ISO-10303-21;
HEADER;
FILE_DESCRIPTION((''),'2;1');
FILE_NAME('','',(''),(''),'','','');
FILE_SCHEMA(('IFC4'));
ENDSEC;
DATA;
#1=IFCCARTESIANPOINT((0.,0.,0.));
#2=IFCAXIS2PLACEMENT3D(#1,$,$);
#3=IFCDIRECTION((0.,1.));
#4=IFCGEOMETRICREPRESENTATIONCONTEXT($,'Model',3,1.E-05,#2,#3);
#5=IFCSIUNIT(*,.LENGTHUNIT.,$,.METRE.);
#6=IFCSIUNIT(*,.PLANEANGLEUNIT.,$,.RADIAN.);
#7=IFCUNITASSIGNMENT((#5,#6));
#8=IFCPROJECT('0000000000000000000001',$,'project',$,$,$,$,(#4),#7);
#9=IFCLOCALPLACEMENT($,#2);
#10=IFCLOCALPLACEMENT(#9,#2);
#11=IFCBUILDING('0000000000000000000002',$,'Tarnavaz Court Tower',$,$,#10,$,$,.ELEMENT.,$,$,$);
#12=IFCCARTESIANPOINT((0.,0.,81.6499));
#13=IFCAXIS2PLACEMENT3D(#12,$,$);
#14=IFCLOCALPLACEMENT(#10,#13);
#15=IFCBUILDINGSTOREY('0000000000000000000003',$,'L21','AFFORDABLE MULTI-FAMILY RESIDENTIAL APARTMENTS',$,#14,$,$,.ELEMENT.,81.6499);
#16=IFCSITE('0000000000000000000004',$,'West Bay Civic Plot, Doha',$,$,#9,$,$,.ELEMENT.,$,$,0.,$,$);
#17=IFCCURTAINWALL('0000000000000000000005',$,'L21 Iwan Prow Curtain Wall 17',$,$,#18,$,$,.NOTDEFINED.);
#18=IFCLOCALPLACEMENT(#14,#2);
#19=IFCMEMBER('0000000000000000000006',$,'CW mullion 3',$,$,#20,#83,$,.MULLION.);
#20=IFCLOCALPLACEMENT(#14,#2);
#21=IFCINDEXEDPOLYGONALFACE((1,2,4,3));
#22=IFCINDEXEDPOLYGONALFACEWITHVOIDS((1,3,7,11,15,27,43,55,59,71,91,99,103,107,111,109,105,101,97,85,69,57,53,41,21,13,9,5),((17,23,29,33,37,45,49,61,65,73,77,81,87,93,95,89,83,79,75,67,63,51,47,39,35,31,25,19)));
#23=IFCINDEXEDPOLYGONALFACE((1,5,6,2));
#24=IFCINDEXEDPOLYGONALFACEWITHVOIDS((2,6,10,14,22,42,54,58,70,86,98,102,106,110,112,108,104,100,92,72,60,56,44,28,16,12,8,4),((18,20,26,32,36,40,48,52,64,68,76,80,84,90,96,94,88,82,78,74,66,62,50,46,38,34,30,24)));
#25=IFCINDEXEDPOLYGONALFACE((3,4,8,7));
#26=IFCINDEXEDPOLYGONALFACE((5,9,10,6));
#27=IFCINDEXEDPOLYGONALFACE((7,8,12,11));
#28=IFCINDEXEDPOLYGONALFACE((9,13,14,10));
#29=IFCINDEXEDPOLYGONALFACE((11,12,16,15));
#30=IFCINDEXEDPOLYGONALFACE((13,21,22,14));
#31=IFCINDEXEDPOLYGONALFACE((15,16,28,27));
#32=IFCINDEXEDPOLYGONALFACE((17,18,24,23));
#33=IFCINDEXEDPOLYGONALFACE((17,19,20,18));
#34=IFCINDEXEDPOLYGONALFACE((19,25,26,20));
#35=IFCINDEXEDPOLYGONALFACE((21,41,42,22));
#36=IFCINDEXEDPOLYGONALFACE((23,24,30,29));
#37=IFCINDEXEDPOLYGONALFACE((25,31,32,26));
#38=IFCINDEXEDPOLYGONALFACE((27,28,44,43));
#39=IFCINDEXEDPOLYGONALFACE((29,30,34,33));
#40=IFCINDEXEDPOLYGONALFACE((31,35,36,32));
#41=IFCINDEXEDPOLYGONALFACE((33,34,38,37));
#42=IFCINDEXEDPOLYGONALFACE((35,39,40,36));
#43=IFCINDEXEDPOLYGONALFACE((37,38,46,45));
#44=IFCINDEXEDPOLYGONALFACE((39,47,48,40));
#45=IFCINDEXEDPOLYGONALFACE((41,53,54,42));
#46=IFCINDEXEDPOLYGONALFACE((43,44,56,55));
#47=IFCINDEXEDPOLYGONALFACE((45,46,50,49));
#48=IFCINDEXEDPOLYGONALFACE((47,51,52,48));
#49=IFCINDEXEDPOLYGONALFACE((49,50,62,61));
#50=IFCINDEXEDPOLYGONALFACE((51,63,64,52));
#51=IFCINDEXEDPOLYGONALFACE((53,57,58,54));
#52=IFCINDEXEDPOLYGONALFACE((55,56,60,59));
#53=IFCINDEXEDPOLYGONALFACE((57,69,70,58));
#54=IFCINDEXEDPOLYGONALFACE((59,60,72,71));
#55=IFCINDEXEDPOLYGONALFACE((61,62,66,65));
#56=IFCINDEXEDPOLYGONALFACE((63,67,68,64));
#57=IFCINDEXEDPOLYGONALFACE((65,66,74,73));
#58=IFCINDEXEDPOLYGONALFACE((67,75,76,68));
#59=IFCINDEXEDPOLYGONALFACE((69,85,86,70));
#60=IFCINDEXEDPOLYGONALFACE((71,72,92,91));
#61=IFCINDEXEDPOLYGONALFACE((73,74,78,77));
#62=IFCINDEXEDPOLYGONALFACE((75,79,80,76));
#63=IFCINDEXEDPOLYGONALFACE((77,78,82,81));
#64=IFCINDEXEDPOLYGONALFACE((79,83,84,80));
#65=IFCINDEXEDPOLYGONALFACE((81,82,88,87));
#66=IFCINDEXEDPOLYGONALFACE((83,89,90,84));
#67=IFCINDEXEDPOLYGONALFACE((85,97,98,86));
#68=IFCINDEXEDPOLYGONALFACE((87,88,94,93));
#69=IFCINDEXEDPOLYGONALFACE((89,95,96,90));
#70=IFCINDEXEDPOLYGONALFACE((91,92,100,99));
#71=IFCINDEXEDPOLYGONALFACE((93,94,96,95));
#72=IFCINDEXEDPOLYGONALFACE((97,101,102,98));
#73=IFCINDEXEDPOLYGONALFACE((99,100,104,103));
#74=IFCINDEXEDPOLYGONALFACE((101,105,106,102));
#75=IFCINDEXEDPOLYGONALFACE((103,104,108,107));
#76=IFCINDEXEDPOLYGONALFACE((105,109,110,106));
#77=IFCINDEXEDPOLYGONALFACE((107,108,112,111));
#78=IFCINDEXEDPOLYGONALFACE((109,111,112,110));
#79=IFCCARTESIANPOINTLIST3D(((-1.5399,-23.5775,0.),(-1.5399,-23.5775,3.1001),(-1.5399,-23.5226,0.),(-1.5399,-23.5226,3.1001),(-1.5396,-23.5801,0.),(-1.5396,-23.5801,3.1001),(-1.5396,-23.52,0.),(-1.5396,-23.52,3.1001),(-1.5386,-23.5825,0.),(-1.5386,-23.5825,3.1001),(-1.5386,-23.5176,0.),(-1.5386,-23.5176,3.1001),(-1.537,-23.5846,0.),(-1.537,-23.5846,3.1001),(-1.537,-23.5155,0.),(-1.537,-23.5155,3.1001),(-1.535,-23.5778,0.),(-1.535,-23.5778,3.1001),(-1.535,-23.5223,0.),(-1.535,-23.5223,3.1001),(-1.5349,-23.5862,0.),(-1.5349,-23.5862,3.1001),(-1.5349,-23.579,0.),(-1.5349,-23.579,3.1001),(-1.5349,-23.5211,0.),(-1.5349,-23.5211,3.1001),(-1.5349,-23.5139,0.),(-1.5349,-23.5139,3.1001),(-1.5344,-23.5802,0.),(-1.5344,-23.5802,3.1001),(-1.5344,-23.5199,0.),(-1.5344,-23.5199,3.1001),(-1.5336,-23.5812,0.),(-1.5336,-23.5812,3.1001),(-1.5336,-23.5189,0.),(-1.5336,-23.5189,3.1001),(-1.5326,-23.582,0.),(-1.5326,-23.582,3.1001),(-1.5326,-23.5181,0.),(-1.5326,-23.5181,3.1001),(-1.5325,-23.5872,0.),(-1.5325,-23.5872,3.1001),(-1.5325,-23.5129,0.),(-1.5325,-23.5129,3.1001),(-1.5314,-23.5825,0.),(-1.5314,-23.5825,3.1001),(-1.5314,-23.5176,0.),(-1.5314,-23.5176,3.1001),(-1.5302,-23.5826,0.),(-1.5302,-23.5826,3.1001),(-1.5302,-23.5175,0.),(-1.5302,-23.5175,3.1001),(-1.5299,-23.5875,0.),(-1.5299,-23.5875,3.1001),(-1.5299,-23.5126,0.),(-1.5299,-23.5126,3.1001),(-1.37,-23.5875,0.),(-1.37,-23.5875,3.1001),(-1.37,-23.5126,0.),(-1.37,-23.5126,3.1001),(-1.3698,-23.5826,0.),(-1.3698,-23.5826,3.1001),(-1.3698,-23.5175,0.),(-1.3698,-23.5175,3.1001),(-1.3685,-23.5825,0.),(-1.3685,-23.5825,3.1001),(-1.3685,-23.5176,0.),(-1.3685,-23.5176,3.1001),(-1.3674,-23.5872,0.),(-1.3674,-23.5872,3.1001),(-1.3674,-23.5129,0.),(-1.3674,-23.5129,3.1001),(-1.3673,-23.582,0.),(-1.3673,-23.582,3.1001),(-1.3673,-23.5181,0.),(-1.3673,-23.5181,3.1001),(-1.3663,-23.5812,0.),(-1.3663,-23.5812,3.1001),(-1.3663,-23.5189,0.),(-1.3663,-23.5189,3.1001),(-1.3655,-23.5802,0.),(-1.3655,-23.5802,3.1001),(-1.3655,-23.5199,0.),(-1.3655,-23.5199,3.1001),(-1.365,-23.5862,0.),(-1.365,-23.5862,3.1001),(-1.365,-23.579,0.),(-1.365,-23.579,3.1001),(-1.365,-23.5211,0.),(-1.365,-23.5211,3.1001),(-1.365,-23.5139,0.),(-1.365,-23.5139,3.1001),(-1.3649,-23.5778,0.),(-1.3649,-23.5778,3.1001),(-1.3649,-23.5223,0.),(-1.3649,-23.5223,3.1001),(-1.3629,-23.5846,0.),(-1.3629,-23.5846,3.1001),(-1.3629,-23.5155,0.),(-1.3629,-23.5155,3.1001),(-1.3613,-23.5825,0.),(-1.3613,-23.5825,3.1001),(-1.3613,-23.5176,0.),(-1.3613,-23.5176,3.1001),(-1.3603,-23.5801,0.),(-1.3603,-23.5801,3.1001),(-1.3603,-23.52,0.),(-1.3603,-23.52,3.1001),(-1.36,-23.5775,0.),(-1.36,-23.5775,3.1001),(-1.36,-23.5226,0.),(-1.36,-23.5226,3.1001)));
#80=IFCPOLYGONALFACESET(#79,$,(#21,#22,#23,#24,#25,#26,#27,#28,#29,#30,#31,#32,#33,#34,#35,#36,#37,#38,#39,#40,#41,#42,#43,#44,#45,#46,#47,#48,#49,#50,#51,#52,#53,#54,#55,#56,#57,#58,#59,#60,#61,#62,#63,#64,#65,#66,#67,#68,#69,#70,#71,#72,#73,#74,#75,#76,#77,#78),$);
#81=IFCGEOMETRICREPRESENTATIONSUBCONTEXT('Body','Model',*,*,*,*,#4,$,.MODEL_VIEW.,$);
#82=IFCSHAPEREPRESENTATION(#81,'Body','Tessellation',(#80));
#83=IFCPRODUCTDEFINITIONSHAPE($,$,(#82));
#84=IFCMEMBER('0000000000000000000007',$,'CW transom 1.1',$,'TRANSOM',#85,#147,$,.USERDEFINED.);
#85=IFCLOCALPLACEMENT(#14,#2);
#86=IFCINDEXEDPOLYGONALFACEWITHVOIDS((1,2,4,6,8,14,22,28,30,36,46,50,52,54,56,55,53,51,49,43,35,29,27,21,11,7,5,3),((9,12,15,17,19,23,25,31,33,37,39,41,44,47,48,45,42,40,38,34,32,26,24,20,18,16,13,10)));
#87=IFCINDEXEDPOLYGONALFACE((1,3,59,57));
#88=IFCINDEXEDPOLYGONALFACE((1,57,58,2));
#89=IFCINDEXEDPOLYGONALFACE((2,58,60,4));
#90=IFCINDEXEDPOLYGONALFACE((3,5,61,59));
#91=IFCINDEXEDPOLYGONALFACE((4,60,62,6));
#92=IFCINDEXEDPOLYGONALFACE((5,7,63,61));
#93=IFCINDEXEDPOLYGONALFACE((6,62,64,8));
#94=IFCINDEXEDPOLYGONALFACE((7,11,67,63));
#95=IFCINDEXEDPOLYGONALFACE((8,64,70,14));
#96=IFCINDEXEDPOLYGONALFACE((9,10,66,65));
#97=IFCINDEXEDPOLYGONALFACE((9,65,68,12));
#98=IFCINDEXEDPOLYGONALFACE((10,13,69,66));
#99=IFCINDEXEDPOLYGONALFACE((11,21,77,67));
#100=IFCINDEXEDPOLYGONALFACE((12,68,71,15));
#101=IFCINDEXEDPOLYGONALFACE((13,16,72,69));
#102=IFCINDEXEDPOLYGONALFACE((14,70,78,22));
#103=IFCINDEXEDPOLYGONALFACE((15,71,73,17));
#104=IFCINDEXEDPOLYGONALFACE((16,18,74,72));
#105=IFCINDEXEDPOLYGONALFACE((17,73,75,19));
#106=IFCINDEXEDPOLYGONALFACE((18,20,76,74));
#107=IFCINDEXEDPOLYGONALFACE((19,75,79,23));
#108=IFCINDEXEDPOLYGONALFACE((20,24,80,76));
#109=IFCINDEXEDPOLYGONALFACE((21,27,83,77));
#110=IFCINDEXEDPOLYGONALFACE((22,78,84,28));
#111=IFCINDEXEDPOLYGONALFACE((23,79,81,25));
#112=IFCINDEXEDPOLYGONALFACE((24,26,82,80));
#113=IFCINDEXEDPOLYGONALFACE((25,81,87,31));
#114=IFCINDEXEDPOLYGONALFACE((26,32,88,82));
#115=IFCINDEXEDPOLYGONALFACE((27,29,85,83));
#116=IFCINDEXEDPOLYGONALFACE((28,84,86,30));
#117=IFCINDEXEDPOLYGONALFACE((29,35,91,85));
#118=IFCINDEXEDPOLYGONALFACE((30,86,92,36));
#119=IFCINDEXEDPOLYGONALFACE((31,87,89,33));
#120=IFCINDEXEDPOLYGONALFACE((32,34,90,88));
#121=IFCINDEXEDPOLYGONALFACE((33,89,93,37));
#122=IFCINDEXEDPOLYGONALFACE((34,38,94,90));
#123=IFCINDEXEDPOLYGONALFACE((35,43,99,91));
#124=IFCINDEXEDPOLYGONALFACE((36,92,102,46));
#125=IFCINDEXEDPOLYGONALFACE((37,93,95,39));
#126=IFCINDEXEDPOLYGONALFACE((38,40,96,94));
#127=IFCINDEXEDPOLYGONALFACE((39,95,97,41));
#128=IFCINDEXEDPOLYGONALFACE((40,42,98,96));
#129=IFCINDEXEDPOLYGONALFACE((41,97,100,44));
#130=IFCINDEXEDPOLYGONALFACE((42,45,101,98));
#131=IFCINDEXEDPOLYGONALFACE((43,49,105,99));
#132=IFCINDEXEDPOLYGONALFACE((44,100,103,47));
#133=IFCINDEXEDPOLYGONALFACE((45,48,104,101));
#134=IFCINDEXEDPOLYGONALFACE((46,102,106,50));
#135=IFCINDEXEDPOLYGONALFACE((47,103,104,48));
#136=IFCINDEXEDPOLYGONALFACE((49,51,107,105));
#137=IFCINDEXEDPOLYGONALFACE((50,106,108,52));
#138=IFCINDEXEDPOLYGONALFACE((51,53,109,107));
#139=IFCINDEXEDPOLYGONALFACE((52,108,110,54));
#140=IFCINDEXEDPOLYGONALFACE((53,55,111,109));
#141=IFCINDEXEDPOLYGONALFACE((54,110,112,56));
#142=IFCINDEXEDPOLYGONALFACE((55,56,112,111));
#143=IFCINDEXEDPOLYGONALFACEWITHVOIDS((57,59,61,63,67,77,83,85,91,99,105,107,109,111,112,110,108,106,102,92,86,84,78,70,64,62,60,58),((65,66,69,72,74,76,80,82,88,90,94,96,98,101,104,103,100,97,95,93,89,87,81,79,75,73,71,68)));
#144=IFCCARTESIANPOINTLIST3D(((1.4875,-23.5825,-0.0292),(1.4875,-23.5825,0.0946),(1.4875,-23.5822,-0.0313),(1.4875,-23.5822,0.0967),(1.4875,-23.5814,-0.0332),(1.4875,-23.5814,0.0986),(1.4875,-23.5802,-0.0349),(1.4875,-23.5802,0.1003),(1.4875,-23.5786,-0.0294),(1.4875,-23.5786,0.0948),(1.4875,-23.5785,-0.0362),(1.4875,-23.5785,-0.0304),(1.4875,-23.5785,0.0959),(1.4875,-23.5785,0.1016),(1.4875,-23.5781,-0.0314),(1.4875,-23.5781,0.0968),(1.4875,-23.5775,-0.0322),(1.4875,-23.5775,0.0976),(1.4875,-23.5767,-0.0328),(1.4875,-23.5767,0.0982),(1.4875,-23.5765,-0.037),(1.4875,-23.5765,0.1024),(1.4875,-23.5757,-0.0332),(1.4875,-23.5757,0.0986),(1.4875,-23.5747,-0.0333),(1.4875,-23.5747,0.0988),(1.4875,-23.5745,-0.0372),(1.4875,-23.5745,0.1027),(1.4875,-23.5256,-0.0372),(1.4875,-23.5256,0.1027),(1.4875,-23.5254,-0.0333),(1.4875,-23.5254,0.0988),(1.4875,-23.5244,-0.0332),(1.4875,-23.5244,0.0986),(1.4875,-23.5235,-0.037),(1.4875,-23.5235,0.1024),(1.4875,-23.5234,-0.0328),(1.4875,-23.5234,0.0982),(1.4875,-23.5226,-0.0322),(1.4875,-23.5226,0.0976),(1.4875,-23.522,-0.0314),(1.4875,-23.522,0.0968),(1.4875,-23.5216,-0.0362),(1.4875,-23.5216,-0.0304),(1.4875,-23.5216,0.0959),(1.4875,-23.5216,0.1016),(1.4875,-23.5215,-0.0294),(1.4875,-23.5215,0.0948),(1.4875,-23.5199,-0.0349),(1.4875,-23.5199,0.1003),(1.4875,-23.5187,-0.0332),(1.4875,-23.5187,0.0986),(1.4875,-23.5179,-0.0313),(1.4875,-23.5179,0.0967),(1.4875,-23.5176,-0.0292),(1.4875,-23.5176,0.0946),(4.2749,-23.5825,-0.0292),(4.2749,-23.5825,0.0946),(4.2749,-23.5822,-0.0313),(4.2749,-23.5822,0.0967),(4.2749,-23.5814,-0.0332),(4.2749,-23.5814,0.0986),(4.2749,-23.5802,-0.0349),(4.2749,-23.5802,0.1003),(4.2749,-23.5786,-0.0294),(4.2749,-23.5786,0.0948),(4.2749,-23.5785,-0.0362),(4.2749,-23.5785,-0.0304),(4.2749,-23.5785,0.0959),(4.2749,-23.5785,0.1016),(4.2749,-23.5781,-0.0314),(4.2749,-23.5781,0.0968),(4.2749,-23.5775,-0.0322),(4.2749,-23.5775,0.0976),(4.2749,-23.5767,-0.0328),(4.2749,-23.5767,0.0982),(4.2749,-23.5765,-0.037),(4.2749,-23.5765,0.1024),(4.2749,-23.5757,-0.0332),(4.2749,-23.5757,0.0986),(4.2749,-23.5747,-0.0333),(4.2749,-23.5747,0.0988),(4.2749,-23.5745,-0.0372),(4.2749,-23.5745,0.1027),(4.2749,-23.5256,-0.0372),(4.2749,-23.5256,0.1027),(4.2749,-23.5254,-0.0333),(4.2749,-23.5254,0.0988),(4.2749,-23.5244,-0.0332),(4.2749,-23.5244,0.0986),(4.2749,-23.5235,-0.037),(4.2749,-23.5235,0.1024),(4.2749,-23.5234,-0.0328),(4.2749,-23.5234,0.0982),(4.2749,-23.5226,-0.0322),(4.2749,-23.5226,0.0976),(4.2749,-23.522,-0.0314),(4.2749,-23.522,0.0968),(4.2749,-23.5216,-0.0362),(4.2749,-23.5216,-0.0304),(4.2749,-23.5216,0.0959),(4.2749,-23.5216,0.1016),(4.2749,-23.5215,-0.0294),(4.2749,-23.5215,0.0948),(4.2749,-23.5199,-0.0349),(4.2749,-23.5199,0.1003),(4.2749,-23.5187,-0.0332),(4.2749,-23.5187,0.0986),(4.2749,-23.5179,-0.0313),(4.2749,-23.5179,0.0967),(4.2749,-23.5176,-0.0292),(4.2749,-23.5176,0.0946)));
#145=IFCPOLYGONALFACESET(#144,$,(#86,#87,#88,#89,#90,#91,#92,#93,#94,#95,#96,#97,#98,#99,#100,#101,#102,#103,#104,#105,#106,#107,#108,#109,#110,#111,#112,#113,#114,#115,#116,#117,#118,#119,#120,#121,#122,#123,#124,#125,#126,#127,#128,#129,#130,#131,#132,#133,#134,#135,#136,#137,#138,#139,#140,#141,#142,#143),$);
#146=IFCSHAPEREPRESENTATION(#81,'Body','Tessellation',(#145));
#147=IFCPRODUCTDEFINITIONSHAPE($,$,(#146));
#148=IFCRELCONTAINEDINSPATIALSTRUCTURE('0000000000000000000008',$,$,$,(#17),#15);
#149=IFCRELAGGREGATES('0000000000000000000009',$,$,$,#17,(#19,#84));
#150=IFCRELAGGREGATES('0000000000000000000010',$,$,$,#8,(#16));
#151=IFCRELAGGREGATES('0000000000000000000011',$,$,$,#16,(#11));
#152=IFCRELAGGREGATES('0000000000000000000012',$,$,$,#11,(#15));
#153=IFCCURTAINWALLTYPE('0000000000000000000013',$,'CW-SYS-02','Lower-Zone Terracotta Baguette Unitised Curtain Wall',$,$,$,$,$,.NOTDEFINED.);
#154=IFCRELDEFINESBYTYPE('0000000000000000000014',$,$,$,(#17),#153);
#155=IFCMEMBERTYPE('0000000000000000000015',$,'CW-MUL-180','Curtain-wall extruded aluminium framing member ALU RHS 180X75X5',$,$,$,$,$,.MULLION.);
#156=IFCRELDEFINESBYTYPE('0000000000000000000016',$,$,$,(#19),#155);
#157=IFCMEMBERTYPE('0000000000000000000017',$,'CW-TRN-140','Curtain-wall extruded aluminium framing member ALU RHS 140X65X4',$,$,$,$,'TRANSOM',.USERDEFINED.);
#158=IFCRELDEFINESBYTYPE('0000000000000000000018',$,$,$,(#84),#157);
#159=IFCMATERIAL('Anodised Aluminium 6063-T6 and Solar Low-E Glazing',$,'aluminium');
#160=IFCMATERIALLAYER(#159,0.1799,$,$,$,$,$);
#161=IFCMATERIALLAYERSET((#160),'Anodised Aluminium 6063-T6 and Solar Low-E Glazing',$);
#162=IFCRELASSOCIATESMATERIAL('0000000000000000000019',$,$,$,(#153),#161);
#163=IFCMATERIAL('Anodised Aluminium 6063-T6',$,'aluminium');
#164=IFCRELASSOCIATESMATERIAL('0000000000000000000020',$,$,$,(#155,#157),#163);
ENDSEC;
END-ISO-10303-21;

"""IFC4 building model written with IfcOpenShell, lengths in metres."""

from ifc_helpers import new_model, si_unit, direction, frame, origin, origin_2d, place, context, subcontext, project, spatial, hollow_rectangle, extrude, material, layer, layer_set, material_profile, profile_set, type_object, element, aggregate, save


model = new_model("IFC4")

# Units and contexts
model_context = context("Model", 3, precision=1e-05, world=origin(), true_north=direction((0.0, 1.0)))
body_context = subcontext(model_context, "Body", "Model", "MODEL_VIEW")
ifc_project = project(units=[si_unit("LENGTHUNIT", "METRE"), si_unit("PLANEANGLEUNIT", "RADIAN")], contexts=[model_context])

# Site, building, storey
site_placement = place(None, origin())
site = spatial("IfcSite", under=ifc_project, at=site_placement, Name="West Bay Civic Plot, Doha", CompositionType="ELEMENT", RefElevation=0.0)
building_placement = place(site_placement, origin())
building = spatial("IfcBuilding", under=site, at=building_placement, Name="Tarnavaz Court Tower", CompositionType="ELEMENT")
storey_placement = place(building_placement, frame((0.0, 0.0, 81.6499)))
storey = spatial("IfcBuildingStorey", under=building, at=storey_placement, Name="L21", Description="AFFORDABLE MULTI-FAMILY RESIDENTIAL APARTMENTS", CompositionType="ELEMENT", Elevation=81.6499)

# Curtain wall, members
ifc_material_1 = material(Name="Anodised Aluminium 6063-T6 and Solar Low-E Glazing", Category="aluminium")
ifc_layer_1 = layer(ifc_material_1, 0.1799)
ifc_layer_set_1 = layer_set([ifc_layer_1], Name="Anodised Aluminium 6063-T6 and Solar Low-E Glazing")
curtain_wall_type = type_object("IfcCurtainWallType", Name="CW-SYS-02", Description="Lower-Zone Terracotta Baguette Unitised Curtain Wall", PredefinedType="NOTDEFINED", material=ifc_layer_set_1)
curtain_wall_placement = place(storey_placement, origin())
curtain_wall = element("IfcCurtainWall", 1, at=curtain_wall_placement, inside=storey, type_object=curtain_wall_type, Name="L21 Iwan Prow Curtain Wall 17", PredefinedType="NOTDEFINED")
ifc_material_2 = material(Name="Anodised Aluminium 6063-T6", Category="aluminium")
ifc_material_profile_1 = material_profile(ifc_material_2, hollow_rectangle(XDim=0.075, YDim=0.1799, WallThickness=0.0049, InnerFilletRadius=0.0049, OuterFilletRadius=0.01, at=origin_2d()), Name="ALU RHS 180X75X5")
ifc_profile_set_1 = profile_set([ifc_material_profile_1], Name="Anodised Aluminium 6063-T6")
member_type_1 = type_object("IfcMemberType", Name="CW-MUL-180", Description="Curtain-wall extruded aluminium framing member ALU RHS 180X75X5", PredefinedType="MULLION", material=ifc_profile_set_1)
member_1_placement = place(storey_placement, frame((-1.45, -23.55, 0.0), z_axis=(0.0, 0.0, 1.0), x_axis=(0.0, -1.0, 0.0)))
member_1 = element("IfcMember", 2, at=member_1_placement, type_object=member_type_1, Name="CW mullion 3", PredefinedType="MULLION", context=body_context, shape_type="SweptSolid", body=[
    extrude(hollow_rectangle(XDim=0.075, YDim=0.1799, WallThickness=0.0049, InnerFilletRadius=0.0049, OuterFilletRadius=0.01, at=origin_2d()), origin(), (0.0, 0.0, 1.0), 3.1001),
])
ifc_material_profile_2 = material_profile(ifc_material_2, hollow_rectangle(XDim=0.0649, YDim=0.1399, WallThickness=0.0039, InnerFilletRadius=0.0039, OuterFilletRadius=0.0081, at=origin_2d()), Name="ALU RHS 140X65X4")
ifc_profile_set_2 = profile_set([ifc_material_profile_2], Name="Anodised Aluminium 6063-T6")
member_type_2 = type_object("IfcMemberType", Name="CW-TRN-140", Description="Curtain-wall extruded aluminium framing member ALU RHS 140X65X4", ElementType="TRANSOM", PredefinedType="USERDEFINED", material=ifc_profile_set_2)
member_2_placement = place(storey_placement, frame((4.2749, -23.55, 0.0327), z_axis=(-1.0, 0.0, 0.0), x_axis=(0.0, -1.0, 0.0)))
member_2 = element("IfcMember", 3, at=member_2_placement, type_object=member_type_2, Name="CW transom 1.1", ObjectType="TRANSOM", PredefinedType="USERDEFINED", context=body_context, shape_type="SweptSolid", body=[
    extrude(hollow_rectangle(XDim=0.0649, YDim=0.1399, WallThickness=0.0039, InnerFilletRadius=0.0039, OuterFilletRadius=0.0081, at=origin_2d()), origin(), (0.0, 0.0, 1.0), 2.7874),
])
aggregate(curtain_wall, [member_1, member_2])

save(model, "model.ifc")
